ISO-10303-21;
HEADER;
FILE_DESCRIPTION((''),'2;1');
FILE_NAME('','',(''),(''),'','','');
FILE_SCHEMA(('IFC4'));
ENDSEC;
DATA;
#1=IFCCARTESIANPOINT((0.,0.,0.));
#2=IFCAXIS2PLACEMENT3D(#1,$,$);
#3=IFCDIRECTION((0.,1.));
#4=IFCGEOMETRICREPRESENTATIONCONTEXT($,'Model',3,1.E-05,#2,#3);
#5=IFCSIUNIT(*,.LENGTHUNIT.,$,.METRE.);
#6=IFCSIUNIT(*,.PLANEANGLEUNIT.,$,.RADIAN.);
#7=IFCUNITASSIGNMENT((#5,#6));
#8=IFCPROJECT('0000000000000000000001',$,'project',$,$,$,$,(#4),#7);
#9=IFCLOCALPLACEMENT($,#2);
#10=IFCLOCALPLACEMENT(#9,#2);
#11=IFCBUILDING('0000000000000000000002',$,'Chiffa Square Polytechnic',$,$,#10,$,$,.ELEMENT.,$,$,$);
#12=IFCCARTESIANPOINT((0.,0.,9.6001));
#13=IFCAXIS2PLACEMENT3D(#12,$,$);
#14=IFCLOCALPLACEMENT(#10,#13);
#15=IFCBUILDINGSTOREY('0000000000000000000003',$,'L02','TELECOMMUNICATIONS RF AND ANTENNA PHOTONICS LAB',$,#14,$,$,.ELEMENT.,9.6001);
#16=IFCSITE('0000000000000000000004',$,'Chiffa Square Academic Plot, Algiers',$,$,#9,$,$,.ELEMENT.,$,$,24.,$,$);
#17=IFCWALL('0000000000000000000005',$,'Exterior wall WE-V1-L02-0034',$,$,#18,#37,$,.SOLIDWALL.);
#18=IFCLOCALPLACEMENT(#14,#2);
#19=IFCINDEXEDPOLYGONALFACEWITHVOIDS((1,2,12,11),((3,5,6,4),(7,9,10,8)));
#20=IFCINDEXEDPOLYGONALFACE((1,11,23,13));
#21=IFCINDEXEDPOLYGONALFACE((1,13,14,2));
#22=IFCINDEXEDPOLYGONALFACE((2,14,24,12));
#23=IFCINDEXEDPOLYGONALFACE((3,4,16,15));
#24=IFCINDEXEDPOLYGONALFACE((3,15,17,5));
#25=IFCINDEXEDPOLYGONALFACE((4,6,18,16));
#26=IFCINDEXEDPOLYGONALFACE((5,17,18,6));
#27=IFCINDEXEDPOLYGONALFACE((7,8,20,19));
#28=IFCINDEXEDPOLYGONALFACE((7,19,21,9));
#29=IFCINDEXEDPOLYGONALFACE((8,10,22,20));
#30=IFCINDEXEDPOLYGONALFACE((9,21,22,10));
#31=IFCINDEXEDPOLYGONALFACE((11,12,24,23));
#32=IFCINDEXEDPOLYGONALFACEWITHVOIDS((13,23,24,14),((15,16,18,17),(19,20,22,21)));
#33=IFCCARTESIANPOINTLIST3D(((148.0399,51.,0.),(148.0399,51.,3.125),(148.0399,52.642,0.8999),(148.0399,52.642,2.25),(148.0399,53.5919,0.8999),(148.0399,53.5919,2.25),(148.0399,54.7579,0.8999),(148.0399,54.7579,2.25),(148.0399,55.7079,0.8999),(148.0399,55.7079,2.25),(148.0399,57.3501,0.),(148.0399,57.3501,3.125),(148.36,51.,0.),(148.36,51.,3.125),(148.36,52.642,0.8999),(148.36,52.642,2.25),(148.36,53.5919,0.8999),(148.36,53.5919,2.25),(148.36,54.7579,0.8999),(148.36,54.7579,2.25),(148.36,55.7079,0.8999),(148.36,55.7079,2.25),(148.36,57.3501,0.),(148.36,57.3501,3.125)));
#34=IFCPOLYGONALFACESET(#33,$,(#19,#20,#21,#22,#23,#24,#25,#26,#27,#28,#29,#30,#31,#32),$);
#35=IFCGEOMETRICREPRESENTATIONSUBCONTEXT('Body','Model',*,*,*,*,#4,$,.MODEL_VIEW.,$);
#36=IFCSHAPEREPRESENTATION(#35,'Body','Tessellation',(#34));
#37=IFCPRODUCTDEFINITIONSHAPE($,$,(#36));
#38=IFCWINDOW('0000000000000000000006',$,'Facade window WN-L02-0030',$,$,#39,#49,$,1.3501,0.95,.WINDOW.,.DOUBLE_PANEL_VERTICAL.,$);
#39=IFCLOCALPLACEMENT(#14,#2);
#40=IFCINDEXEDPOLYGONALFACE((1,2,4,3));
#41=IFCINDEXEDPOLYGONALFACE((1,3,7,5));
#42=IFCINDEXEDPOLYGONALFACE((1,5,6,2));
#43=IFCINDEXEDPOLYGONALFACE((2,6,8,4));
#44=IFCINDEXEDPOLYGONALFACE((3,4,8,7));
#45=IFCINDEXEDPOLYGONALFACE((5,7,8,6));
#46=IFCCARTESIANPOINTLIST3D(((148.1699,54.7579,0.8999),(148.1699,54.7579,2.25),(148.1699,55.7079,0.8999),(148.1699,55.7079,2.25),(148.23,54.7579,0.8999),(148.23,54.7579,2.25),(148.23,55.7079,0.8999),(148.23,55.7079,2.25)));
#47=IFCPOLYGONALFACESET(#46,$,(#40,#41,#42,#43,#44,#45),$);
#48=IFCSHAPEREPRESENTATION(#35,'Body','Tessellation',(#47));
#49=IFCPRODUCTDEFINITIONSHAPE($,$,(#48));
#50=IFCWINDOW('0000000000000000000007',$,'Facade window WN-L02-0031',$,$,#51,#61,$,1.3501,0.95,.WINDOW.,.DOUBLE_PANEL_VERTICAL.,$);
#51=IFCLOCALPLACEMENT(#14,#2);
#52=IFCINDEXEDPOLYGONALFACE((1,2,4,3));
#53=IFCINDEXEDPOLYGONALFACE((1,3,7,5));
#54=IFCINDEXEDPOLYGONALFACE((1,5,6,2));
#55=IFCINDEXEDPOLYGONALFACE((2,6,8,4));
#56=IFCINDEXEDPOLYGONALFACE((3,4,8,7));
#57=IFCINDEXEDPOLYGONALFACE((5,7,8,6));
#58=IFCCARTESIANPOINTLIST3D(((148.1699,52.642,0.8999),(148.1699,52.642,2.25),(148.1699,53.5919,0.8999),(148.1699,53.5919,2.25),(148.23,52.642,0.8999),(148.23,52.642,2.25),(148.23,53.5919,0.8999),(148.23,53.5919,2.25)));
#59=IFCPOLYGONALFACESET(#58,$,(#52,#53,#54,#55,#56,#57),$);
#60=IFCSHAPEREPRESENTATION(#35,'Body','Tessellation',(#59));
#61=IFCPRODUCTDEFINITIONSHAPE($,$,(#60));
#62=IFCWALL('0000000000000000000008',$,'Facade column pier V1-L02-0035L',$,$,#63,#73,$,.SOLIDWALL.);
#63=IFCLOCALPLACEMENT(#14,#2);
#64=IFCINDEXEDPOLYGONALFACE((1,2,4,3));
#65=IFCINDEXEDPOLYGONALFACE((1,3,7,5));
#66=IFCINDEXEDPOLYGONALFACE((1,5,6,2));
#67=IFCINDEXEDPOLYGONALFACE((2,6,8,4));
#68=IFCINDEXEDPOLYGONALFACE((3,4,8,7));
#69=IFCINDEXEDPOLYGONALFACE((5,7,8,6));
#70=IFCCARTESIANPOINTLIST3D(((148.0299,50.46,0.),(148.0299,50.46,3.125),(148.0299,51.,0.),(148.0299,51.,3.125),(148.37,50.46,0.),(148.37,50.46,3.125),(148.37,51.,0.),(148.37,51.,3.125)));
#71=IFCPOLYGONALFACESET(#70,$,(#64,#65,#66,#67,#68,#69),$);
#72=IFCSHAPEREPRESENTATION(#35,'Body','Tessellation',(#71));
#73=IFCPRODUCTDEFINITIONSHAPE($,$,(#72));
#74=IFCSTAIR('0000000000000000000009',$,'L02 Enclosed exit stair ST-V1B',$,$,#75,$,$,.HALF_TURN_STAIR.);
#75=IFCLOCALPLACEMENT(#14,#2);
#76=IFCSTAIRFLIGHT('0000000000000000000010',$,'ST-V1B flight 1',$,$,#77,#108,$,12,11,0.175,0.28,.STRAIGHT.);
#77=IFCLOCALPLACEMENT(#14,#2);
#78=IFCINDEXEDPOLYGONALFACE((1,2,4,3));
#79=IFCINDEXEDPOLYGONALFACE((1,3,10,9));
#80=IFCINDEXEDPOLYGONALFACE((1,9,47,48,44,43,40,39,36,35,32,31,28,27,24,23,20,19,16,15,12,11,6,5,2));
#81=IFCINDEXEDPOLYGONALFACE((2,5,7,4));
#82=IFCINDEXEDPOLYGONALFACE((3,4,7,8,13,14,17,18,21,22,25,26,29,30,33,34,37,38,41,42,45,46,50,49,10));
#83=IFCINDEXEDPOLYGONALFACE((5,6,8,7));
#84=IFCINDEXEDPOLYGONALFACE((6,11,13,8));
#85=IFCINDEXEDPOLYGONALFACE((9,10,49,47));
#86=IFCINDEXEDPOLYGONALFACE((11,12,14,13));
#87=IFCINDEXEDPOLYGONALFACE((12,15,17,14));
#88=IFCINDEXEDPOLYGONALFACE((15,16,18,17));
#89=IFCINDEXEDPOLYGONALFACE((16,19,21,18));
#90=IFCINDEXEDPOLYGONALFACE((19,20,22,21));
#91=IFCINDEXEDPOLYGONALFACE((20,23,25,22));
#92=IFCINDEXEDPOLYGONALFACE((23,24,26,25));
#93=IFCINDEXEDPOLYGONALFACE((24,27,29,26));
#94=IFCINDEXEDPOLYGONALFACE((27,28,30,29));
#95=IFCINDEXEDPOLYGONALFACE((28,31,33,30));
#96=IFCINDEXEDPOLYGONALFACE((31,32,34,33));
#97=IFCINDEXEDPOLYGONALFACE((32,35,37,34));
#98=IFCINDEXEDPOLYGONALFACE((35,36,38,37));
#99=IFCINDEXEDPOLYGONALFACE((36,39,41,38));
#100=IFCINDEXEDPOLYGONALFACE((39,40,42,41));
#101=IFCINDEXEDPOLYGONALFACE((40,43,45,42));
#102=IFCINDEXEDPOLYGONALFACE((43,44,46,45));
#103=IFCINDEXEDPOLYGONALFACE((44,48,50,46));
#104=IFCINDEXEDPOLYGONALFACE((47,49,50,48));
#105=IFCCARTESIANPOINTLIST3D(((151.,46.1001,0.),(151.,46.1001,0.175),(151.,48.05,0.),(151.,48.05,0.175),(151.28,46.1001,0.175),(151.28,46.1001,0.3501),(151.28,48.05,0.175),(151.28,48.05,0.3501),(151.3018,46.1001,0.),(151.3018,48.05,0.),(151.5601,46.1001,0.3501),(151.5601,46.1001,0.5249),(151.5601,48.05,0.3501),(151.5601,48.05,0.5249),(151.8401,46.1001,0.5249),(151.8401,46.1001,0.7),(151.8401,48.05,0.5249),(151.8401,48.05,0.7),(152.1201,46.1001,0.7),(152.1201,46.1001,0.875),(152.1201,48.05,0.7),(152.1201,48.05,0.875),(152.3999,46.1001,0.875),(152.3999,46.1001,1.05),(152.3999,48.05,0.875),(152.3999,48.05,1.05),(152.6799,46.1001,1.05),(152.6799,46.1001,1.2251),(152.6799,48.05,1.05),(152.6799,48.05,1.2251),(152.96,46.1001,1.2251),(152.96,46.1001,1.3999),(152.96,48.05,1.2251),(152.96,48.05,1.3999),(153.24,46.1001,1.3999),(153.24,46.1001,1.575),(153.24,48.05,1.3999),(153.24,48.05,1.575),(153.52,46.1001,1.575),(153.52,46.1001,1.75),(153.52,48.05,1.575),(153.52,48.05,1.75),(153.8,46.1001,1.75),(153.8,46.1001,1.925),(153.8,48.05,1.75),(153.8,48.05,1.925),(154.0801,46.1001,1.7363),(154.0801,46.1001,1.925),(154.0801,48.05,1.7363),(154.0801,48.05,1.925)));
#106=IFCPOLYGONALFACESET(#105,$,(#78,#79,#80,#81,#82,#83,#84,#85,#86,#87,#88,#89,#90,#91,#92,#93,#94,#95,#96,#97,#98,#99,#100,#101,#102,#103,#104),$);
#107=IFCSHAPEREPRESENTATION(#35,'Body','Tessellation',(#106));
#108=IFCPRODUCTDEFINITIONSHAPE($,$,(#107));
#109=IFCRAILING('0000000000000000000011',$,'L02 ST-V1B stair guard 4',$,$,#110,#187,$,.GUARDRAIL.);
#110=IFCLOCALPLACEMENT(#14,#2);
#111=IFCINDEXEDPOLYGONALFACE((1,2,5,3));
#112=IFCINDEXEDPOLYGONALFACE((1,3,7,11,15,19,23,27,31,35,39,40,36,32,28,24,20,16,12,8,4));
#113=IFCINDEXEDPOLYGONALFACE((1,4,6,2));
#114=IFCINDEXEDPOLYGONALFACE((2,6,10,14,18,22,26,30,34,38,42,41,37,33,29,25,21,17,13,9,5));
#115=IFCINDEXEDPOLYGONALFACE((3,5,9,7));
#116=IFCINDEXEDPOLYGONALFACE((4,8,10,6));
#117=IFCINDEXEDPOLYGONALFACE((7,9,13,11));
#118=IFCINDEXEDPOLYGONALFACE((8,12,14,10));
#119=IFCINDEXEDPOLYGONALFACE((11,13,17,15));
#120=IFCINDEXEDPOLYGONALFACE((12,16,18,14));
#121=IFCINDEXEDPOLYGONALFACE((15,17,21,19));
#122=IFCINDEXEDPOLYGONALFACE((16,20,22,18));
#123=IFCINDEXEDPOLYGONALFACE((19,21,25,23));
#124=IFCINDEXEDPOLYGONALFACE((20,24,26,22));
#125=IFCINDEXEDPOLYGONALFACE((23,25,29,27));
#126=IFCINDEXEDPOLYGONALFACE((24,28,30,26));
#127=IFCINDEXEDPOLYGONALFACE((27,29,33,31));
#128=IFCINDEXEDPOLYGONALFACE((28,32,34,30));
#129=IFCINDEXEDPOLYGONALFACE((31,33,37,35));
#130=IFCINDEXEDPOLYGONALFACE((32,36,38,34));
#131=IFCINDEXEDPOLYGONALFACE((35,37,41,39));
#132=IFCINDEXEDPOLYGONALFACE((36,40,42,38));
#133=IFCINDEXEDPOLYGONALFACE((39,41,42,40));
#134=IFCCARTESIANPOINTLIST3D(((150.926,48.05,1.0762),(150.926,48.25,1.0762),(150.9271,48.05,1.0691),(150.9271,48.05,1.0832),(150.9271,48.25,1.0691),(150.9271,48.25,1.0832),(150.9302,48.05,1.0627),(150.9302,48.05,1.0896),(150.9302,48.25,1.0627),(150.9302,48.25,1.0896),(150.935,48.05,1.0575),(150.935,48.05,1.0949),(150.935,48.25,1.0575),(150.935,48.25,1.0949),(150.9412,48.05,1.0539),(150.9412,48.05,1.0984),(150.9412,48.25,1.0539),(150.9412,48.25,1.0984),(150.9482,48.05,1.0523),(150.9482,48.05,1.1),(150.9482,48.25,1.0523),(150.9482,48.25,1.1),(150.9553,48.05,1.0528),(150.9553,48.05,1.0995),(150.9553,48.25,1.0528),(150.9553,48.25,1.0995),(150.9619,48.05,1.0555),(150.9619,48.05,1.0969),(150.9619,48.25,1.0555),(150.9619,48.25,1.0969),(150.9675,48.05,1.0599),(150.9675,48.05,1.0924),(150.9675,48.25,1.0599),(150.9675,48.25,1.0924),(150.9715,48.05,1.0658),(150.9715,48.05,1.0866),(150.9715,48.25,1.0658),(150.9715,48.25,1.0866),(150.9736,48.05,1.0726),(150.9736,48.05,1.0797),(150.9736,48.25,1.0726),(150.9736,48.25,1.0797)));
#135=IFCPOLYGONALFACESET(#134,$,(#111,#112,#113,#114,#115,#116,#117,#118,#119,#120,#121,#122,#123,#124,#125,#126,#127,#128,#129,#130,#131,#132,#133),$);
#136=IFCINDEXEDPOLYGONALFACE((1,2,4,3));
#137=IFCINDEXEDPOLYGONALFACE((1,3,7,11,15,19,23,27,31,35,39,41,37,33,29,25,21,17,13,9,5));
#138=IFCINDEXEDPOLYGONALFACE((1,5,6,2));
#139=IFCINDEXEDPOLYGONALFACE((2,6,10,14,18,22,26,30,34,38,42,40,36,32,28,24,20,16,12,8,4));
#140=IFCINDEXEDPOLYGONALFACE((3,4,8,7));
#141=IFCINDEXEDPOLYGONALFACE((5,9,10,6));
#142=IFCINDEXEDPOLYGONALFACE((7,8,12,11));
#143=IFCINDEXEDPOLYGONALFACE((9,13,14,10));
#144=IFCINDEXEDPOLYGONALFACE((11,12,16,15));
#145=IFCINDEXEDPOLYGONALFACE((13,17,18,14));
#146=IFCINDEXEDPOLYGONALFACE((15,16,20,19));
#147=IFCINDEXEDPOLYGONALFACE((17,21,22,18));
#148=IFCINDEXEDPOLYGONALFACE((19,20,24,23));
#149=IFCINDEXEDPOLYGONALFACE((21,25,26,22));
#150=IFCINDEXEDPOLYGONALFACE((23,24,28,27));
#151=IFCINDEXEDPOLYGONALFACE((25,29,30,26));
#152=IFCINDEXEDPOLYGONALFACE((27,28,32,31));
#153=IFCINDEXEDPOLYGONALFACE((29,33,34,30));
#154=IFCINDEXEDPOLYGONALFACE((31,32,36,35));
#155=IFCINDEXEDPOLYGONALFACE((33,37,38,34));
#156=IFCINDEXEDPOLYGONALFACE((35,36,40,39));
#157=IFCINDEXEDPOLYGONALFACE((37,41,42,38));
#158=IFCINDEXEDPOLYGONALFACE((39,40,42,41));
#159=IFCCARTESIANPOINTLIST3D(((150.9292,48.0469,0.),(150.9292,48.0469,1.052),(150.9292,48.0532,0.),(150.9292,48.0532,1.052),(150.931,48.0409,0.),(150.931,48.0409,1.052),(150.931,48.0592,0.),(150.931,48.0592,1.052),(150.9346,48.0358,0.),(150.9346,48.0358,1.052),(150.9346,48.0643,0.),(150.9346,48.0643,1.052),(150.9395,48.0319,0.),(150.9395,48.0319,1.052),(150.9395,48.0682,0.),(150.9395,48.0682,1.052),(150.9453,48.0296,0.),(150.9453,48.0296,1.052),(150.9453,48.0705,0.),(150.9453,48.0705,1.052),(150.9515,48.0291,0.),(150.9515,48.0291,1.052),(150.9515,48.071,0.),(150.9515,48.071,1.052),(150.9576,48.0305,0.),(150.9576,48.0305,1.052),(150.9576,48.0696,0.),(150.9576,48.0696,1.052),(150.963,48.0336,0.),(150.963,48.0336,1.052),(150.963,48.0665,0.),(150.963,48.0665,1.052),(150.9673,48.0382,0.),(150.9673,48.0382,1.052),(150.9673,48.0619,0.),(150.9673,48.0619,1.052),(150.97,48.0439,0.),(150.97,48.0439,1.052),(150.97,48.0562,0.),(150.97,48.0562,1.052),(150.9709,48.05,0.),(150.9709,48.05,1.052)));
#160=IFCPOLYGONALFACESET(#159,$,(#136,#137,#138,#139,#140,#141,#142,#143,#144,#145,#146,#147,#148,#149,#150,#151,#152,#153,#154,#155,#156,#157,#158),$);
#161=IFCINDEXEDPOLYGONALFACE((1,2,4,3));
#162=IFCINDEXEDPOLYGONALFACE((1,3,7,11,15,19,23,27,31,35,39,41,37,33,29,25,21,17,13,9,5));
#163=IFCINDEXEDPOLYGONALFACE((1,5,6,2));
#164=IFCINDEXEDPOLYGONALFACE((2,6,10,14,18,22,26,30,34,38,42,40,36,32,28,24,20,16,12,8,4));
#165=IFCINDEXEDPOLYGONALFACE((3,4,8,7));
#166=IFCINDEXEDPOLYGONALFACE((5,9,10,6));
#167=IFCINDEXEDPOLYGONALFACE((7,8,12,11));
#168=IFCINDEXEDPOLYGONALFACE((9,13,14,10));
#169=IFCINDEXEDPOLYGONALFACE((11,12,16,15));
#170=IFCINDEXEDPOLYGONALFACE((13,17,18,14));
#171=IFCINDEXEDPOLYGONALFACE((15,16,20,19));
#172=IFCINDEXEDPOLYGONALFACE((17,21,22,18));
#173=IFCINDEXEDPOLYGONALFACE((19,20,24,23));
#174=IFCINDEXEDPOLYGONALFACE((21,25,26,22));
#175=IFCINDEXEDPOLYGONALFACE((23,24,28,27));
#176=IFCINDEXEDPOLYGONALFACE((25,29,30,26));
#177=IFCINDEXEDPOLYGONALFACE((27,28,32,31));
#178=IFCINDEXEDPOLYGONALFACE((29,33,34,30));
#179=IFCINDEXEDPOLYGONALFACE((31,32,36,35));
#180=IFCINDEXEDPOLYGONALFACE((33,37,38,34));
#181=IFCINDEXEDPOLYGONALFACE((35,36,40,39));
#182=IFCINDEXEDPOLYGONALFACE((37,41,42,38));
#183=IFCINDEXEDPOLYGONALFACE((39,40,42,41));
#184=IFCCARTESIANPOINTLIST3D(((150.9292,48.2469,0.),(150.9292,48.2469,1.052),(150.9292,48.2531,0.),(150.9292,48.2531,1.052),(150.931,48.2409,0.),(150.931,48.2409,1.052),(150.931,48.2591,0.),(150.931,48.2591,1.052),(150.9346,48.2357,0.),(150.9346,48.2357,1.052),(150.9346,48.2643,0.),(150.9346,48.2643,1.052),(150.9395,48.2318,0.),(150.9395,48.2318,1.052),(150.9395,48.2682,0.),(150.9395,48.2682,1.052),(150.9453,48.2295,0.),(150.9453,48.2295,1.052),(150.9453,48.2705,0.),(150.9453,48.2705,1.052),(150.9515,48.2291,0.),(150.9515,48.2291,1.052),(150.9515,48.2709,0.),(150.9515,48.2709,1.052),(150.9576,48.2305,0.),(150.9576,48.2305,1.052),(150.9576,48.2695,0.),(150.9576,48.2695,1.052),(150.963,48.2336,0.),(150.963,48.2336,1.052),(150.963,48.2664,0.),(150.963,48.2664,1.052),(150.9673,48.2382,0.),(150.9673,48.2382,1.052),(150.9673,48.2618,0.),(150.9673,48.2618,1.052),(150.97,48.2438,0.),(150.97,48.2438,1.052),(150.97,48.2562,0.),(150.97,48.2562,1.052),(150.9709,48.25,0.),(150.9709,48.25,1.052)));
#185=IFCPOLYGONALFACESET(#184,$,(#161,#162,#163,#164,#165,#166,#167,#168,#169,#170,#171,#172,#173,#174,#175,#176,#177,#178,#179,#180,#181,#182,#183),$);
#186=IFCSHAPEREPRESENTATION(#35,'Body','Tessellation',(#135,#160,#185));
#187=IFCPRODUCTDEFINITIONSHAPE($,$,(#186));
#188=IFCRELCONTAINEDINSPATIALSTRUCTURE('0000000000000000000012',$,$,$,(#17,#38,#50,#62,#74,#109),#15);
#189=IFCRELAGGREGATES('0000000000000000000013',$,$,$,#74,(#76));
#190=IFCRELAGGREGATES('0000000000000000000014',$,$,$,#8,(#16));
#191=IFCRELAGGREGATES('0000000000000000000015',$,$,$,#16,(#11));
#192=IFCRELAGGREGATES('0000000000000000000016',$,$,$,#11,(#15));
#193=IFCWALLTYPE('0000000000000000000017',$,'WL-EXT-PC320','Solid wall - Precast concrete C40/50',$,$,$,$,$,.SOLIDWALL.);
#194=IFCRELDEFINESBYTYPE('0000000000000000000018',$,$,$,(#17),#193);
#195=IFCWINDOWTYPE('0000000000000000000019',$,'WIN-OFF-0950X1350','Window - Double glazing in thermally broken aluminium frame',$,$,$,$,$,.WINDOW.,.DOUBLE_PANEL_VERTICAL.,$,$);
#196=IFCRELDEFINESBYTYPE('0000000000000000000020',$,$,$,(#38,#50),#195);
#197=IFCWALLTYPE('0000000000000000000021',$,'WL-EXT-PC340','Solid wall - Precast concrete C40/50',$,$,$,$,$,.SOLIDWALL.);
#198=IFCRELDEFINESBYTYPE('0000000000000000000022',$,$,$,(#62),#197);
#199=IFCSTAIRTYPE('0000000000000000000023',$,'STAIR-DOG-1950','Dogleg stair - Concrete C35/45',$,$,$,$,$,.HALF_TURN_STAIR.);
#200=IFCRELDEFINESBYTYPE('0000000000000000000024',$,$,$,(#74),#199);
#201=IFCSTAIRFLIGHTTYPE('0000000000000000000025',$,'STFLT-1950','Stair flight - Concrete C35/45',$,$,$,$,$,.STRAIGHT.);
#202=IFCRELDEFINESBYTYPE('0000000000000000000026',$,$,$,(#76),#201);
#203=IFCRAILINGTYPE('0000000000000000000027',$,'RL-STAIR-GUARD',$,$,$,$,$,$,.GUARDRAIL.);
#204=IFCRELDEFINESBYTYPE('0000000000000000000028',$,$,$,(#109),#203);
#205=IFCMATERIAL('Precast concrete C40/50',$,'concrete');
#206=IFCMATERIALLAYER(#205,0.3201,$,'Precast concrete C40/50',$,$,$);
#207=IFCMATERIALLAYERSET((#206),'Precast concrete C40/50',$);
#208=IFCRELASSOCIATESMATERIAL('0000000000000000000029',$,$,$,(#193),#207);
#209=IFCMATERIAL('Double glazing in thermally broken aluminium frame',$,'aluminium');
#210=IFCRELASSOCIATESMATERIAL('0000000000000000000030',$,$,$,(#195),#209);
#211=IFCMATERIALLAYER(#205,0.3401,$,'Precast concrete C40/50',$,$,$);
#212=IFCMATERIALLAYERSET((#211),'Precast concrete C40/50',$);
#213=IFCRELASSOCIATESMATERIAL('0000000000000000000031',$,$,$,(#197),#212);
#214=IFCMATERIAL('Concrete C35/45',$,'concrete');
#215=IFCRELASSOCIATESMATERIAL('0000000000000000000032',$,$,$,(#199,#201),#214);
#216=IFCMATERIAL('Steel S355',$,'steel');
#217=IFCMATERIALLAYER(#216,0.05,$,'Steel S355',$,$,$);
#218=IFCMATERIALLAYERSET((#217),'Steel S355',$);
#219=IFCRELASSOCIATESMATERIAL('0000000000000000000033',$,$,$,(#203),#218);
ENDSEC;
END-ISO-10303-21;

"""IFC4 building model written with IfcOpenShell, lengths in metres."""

from ifc_helpers import new_model, si_unit, direction, frame, frame_2d, origin, origin_2d, place, context, subcontext, project, spatial, polyline, rectangle, circle, outline, extrude, material, layer, layer_set, type_object, element, fill, aggregate, save


model = new_model("IFC4")

# Units and contexts
model_context = context("Model", 3, precision=1e-05, world=origin(), true_north=direction((0.0, 1.0)))
body_context = subcontext(model_context, "Body", "Model", "MODEL_VIEW")
ifc_project = project(units=[si_unit("LENGTHUNIT", "METRE"), si_unit("PLANEANGLEUNIT", "RADIAN")], contexts=[model_context])

# Site, building, storey
site_placement = place(None, origin())
site = spatial("IfcSite", under=ifc_project, at=site_placement, Name="Chiffa Square Academic Plot, Algiers", CompositionType="ELEMENT", RefElevation=24.0)
building_placement = place(site_placement, origin())
building = spatial("IfcBuilding", under=site, at=building_placement, Name="Chiffa Square Polytechnic", CompositionType="ELEMENT")
storey_placement = place(building_placement, frame((0.0, 0.0, 9.6001)))
storey = spatial("IfcBuildingStorey", under=building, at=storey_placement, Name="L02", Description="TELECOMMUNICATIONS RF AND ANTENNA PHOTONICS LAB", CompositionType="ELEMENT", Elevation=9.6001)

# Shared definitions
ifc_material_1 = material(Name="Concrete C35/45", Category="concrete")

# Shared definitions
ifc_material_2 = material(Name="Steel S355", Category="steel")

# Wall, openings, windows
ifc_material_3 = material(Name="Precast concrete C40/50", Category="concrete")
ifc_layer_1 = layer(ifc_material_3, 0.3201, Name="Precast concrete C40/50")
ifc_layer_set_1 = layer_set([ifc_layer_1], Name="Precast concrete C40/50")
wall_type_1 = type_object("IfcWallType", Name="WL-EXT-PC320", Description="Solid wall - Precast concrete C40/50", PredefinedType="SOLIDWALL", material=ifc_layer_set_1)
wall_1_placement = place(storey_placement, frame((148.2, 57.3501, 0.0), z_axis=(0.0, 0.0, 1.0), x_axis=(0.0, -1.0, 0.0)))
wall_1 = element("IfcWall", 1, at=wall_1_placement, inside=storey, type_object=wall_type_1, Name="Exterior wall WE-V1-L02-0034", PredefinedType="SOLIDWALL", context=body_context, shape_type="SweptSolid", body=[
    extrude(rectangle(XDim=6.3501, YDim=0.3201, at=frame_2d((3.175, 0.0))), origin(), (0.0, 0.0, 1.0), 3.125),
])
opening_1_placement = place(wall_1_placement, frame((1.6421, 0.0, 0.8999)))
opening_1 = element("IfcOpeningElement", 2, at=opening_1_placement, cuts=wall_1, PredefinedType="OPENING", context=body_context, shape_type="SweptSolid", body=[
    extrude(rectangle(XDim=0.95, YDim=1.3501, at=frame_2d((0.4751, 0.675))), frame((0.0, 0.1699, 0.0), z_axis=(0.0, -1.0, 0.0), x_axis=(1.0, 0.0, 0.0)), (0.0, 0.0, 1.0), 0.3401),
])
opening_2_placement = place(wall_1_placement, frame((3.7581, 0.0, 0.8999)))
opening_2 = element("IfcOpeningElement", 3, at=opening_2_placement, cuts=wall_1, PredefinedType="OPENING", context=body_context, shape_type="SweptSolid", body=[
    extrude(rectangle(XDim=0.95, YDim=1.3501, at=frame_2d((0.4751, 0.675))), frame((0.0, 0.1699, 0.0), z_axis=(0.0, -1.0, 0.0), x_axis=(1.0, 0.0, 0.0)), (0.0, 0.0, 1.0), 0.3401),
])
ifc_material_4 = material(Name="Double glazing in thermally broken aluminium frame", Category="aluminium")
window_type = type_object("IfcWindowType", Name="WIN-OFF-0950X1350", Description="Window - Double glazing in thermally broken aluminium frame", PartitioningType="DOUBLE_PANEL_VERTICAL", PredefinedType="WINDOW", material=ifc_material_4)
window_1_placement = place(opening_1_placement, origin())
window_1 = element("IfcWindow", 4, at=window_1_placement, inside=storey, type_object=window_type, Name="Facade window WN-L02-0030", OverallHeight=1.3501, OverallWidth=0.95, PartitioningType="DOUBLE_PANEL_VERTICAL", PredefinedType="WINDOW", context=body_context, shape_type="SweptSolid", body=[
    extrude(rectangle(XDim=0.95, YDim=1.3501, at=frame_2d((0.4751, 0.675))), frame((0.0, 0.03, 0.0), z_axis=(0.0, -1.0, 0.0), x_axis=(1.0, 0.0, 0.0)), (0.0, 0.0, 1.0), 0.0601),
])
fill(opening_1, window_1)
window_2_placement = place(opening_2_placement, origin())
window_2 = element("IfcWindow", 5, at=window_2_placement, inside=storey, type_object=window_type, Name="Facade window WN-L02-0031", OverallHeight=1.3501, OverallWidth=0.95, PartitioningType="DOUBLE_PANEL_VERTICAL", PredefinedType="WINDOW", context=body_context, shape_type="SweptSolid", body=[
    extrude(rectangle(XDim=0.95, YDim=1.3501, at=frame_2d((0.4751, 0.675))), frame((0.0, 0.03, 0.0), z_axis=(0.0, -1.0, 0.0), x_axis=(1.0, 0.0, 0.0)), (0.0, 0.0, 1.0), 0.0601),
])
fill(opening_2, window_2)

# Wall
ifc_layer_2 = layer(ifc_material_3, 0.3401, Name="Precast concrete C40/50")
ifc_layer_set_2 = layer_set([ifc_layer_2], Name="Precast concrete C40/50")
wall_type_2 = type_object("IfcWallType", Name="WL-EXT-PC340", Description="Solid wall - Precast concrete C40/50", PredefinedType="SOLIDWALL", material=ifc_layer_set_2)
wall_2_placement = place(storey_placement, frame((148.2, 51.0, 0.0), z_axis=(0.0, 0.0, 1.0), x_axis=(0.0, -1.0, 0.0)))
element("IfcWall", 6, at=wall_2_placement, inside=storey, type_object=wall_type_2, Name="Facade column pier V1-L02-0035L", PredefinedType="SOLIDWALL", context=body_context, shape_type="SweptSolid", body=[
    extrude(rectangle(XDim=0.54, YDim=0.3401, at=frame_2d((0.27, 0.0))), origin(), (0.0, 0.0, 1.0), 3.125),
])

# Stair, stair flight
stair_type = type_object("IfcStairType", Name="STAIR-DOG-1950", Description="Dogleg stair - Concrete C35/45", PredefinedType="HALF_TURN_STAIR", material=ifc_material_1)
stair_placement = place(storey_placement, origin())
stair = element("IfcStair", 7, at=stair_placement, inside=storey, type_object=stair_type, Name="L02 Enclosed exit stair ST-V1B", PredefinedType="HALF_TURN_STAIR")
stair_flight_type = type_object("IfcStairFlightType", Name="STFLT-1950", Description="Stair flight - Concrete C35/45", PredefinedType="STRAIGHT", material=ifc_material_1)
stair_flight_placement = place(storey_placement, frame((151.0, 47.075, 0.0), z_axis=(0.0, 0.0, 1.0), x_axis=(1.0, 0.0, 0.0)))
stair_flight = element("IfcStairFlight", 8, at=stair_flight_placement, type_object=stair_flight_type, Name="ST-V1B flight 1", NumberOfRisers=12, NumberOfTreads=11, PredefinedType="STRAIGHT", RiserHeight=0.175, TreadLength=0.28, context=body_context, shape_type="SweptSolid", body=[
    extrude(outline(polyline([(0.0, 0.0), (0.0, 0.175), (0.28, 0.175), (0.28, 0.3501), (0.5601, 0.3501), (0.5601, 0.5249), (0.8401, 0.5249), (0.8401, 0.7), (1.1201, 0.7), (1.1201, 0.875), (1.3999, 0.875), (1.3999, 1.05), (1.6799, 1.05), (1.6799, 1.2251), (1.96, 1.2251), (1.96, 1.3999), (2.24, 1.3999), (2.24, 1.575), (2.52, 1.575), (2.52, 1.75), (2.8, 1.75), (2.8, 1.925), (3.0801, 1.925), (3.0801, 2.1001), (3.0801, 1.7363), (0.3018, 0.0), (0.0, 0.0)])), frame((0.0, 0.9751, 0.0), z_axis=(0.0, -1.0, 0.0), x_axis=(1.0, 0.0, 0.0)), (0.0, 0.0, 1.0), 1.95),
])
aggregate(stair, [stair_flight])

# Railing
ifc_layer_3 = layer(ifc_material_2, 0.05, Name="Steel S355")
ifc_layer_set_3 = layer_set([ifc_layer_3], Name="Steel S355")
railing_type = type_object("IfcRailingType", Name="RL-STAIR-GUARD", PredefinedType="GUARDRAIL", material=ifc_layer_set_3)
railing_placement = place(storey_placement, frame((150.95, 48.05, 0.0)))
element("IfcRailing", 9, at=railing_placement, inside=storey, type_object=railing_type, Name="L02 ST-V1B stair guard 4", PredefinedType="GUARDRAIL", context=body_context, shape_type="SweptSolid", body=[
    extrude(circle(Radius=0.0239, at=origin_2d()), frame((0.0, 0.0, 1.0762), z_axis=(0.0, 1.0, 0.0), x_axis=(-1.0, 0.0, 0.0)), (0.0, 0.0, 1.0), 0.2),
    extrude(circle(Radius=0.021, at=origin_2d()), origin(), (0.0, 0.0, 1.0), 1.052),
    extrude(circle(Radius=0.021, at=origin_2d()), frame((0.0, 0.2, 0.0)), (0.0, 0.0, 1.0), 1.052),
])

save(model, "model.ifc")
